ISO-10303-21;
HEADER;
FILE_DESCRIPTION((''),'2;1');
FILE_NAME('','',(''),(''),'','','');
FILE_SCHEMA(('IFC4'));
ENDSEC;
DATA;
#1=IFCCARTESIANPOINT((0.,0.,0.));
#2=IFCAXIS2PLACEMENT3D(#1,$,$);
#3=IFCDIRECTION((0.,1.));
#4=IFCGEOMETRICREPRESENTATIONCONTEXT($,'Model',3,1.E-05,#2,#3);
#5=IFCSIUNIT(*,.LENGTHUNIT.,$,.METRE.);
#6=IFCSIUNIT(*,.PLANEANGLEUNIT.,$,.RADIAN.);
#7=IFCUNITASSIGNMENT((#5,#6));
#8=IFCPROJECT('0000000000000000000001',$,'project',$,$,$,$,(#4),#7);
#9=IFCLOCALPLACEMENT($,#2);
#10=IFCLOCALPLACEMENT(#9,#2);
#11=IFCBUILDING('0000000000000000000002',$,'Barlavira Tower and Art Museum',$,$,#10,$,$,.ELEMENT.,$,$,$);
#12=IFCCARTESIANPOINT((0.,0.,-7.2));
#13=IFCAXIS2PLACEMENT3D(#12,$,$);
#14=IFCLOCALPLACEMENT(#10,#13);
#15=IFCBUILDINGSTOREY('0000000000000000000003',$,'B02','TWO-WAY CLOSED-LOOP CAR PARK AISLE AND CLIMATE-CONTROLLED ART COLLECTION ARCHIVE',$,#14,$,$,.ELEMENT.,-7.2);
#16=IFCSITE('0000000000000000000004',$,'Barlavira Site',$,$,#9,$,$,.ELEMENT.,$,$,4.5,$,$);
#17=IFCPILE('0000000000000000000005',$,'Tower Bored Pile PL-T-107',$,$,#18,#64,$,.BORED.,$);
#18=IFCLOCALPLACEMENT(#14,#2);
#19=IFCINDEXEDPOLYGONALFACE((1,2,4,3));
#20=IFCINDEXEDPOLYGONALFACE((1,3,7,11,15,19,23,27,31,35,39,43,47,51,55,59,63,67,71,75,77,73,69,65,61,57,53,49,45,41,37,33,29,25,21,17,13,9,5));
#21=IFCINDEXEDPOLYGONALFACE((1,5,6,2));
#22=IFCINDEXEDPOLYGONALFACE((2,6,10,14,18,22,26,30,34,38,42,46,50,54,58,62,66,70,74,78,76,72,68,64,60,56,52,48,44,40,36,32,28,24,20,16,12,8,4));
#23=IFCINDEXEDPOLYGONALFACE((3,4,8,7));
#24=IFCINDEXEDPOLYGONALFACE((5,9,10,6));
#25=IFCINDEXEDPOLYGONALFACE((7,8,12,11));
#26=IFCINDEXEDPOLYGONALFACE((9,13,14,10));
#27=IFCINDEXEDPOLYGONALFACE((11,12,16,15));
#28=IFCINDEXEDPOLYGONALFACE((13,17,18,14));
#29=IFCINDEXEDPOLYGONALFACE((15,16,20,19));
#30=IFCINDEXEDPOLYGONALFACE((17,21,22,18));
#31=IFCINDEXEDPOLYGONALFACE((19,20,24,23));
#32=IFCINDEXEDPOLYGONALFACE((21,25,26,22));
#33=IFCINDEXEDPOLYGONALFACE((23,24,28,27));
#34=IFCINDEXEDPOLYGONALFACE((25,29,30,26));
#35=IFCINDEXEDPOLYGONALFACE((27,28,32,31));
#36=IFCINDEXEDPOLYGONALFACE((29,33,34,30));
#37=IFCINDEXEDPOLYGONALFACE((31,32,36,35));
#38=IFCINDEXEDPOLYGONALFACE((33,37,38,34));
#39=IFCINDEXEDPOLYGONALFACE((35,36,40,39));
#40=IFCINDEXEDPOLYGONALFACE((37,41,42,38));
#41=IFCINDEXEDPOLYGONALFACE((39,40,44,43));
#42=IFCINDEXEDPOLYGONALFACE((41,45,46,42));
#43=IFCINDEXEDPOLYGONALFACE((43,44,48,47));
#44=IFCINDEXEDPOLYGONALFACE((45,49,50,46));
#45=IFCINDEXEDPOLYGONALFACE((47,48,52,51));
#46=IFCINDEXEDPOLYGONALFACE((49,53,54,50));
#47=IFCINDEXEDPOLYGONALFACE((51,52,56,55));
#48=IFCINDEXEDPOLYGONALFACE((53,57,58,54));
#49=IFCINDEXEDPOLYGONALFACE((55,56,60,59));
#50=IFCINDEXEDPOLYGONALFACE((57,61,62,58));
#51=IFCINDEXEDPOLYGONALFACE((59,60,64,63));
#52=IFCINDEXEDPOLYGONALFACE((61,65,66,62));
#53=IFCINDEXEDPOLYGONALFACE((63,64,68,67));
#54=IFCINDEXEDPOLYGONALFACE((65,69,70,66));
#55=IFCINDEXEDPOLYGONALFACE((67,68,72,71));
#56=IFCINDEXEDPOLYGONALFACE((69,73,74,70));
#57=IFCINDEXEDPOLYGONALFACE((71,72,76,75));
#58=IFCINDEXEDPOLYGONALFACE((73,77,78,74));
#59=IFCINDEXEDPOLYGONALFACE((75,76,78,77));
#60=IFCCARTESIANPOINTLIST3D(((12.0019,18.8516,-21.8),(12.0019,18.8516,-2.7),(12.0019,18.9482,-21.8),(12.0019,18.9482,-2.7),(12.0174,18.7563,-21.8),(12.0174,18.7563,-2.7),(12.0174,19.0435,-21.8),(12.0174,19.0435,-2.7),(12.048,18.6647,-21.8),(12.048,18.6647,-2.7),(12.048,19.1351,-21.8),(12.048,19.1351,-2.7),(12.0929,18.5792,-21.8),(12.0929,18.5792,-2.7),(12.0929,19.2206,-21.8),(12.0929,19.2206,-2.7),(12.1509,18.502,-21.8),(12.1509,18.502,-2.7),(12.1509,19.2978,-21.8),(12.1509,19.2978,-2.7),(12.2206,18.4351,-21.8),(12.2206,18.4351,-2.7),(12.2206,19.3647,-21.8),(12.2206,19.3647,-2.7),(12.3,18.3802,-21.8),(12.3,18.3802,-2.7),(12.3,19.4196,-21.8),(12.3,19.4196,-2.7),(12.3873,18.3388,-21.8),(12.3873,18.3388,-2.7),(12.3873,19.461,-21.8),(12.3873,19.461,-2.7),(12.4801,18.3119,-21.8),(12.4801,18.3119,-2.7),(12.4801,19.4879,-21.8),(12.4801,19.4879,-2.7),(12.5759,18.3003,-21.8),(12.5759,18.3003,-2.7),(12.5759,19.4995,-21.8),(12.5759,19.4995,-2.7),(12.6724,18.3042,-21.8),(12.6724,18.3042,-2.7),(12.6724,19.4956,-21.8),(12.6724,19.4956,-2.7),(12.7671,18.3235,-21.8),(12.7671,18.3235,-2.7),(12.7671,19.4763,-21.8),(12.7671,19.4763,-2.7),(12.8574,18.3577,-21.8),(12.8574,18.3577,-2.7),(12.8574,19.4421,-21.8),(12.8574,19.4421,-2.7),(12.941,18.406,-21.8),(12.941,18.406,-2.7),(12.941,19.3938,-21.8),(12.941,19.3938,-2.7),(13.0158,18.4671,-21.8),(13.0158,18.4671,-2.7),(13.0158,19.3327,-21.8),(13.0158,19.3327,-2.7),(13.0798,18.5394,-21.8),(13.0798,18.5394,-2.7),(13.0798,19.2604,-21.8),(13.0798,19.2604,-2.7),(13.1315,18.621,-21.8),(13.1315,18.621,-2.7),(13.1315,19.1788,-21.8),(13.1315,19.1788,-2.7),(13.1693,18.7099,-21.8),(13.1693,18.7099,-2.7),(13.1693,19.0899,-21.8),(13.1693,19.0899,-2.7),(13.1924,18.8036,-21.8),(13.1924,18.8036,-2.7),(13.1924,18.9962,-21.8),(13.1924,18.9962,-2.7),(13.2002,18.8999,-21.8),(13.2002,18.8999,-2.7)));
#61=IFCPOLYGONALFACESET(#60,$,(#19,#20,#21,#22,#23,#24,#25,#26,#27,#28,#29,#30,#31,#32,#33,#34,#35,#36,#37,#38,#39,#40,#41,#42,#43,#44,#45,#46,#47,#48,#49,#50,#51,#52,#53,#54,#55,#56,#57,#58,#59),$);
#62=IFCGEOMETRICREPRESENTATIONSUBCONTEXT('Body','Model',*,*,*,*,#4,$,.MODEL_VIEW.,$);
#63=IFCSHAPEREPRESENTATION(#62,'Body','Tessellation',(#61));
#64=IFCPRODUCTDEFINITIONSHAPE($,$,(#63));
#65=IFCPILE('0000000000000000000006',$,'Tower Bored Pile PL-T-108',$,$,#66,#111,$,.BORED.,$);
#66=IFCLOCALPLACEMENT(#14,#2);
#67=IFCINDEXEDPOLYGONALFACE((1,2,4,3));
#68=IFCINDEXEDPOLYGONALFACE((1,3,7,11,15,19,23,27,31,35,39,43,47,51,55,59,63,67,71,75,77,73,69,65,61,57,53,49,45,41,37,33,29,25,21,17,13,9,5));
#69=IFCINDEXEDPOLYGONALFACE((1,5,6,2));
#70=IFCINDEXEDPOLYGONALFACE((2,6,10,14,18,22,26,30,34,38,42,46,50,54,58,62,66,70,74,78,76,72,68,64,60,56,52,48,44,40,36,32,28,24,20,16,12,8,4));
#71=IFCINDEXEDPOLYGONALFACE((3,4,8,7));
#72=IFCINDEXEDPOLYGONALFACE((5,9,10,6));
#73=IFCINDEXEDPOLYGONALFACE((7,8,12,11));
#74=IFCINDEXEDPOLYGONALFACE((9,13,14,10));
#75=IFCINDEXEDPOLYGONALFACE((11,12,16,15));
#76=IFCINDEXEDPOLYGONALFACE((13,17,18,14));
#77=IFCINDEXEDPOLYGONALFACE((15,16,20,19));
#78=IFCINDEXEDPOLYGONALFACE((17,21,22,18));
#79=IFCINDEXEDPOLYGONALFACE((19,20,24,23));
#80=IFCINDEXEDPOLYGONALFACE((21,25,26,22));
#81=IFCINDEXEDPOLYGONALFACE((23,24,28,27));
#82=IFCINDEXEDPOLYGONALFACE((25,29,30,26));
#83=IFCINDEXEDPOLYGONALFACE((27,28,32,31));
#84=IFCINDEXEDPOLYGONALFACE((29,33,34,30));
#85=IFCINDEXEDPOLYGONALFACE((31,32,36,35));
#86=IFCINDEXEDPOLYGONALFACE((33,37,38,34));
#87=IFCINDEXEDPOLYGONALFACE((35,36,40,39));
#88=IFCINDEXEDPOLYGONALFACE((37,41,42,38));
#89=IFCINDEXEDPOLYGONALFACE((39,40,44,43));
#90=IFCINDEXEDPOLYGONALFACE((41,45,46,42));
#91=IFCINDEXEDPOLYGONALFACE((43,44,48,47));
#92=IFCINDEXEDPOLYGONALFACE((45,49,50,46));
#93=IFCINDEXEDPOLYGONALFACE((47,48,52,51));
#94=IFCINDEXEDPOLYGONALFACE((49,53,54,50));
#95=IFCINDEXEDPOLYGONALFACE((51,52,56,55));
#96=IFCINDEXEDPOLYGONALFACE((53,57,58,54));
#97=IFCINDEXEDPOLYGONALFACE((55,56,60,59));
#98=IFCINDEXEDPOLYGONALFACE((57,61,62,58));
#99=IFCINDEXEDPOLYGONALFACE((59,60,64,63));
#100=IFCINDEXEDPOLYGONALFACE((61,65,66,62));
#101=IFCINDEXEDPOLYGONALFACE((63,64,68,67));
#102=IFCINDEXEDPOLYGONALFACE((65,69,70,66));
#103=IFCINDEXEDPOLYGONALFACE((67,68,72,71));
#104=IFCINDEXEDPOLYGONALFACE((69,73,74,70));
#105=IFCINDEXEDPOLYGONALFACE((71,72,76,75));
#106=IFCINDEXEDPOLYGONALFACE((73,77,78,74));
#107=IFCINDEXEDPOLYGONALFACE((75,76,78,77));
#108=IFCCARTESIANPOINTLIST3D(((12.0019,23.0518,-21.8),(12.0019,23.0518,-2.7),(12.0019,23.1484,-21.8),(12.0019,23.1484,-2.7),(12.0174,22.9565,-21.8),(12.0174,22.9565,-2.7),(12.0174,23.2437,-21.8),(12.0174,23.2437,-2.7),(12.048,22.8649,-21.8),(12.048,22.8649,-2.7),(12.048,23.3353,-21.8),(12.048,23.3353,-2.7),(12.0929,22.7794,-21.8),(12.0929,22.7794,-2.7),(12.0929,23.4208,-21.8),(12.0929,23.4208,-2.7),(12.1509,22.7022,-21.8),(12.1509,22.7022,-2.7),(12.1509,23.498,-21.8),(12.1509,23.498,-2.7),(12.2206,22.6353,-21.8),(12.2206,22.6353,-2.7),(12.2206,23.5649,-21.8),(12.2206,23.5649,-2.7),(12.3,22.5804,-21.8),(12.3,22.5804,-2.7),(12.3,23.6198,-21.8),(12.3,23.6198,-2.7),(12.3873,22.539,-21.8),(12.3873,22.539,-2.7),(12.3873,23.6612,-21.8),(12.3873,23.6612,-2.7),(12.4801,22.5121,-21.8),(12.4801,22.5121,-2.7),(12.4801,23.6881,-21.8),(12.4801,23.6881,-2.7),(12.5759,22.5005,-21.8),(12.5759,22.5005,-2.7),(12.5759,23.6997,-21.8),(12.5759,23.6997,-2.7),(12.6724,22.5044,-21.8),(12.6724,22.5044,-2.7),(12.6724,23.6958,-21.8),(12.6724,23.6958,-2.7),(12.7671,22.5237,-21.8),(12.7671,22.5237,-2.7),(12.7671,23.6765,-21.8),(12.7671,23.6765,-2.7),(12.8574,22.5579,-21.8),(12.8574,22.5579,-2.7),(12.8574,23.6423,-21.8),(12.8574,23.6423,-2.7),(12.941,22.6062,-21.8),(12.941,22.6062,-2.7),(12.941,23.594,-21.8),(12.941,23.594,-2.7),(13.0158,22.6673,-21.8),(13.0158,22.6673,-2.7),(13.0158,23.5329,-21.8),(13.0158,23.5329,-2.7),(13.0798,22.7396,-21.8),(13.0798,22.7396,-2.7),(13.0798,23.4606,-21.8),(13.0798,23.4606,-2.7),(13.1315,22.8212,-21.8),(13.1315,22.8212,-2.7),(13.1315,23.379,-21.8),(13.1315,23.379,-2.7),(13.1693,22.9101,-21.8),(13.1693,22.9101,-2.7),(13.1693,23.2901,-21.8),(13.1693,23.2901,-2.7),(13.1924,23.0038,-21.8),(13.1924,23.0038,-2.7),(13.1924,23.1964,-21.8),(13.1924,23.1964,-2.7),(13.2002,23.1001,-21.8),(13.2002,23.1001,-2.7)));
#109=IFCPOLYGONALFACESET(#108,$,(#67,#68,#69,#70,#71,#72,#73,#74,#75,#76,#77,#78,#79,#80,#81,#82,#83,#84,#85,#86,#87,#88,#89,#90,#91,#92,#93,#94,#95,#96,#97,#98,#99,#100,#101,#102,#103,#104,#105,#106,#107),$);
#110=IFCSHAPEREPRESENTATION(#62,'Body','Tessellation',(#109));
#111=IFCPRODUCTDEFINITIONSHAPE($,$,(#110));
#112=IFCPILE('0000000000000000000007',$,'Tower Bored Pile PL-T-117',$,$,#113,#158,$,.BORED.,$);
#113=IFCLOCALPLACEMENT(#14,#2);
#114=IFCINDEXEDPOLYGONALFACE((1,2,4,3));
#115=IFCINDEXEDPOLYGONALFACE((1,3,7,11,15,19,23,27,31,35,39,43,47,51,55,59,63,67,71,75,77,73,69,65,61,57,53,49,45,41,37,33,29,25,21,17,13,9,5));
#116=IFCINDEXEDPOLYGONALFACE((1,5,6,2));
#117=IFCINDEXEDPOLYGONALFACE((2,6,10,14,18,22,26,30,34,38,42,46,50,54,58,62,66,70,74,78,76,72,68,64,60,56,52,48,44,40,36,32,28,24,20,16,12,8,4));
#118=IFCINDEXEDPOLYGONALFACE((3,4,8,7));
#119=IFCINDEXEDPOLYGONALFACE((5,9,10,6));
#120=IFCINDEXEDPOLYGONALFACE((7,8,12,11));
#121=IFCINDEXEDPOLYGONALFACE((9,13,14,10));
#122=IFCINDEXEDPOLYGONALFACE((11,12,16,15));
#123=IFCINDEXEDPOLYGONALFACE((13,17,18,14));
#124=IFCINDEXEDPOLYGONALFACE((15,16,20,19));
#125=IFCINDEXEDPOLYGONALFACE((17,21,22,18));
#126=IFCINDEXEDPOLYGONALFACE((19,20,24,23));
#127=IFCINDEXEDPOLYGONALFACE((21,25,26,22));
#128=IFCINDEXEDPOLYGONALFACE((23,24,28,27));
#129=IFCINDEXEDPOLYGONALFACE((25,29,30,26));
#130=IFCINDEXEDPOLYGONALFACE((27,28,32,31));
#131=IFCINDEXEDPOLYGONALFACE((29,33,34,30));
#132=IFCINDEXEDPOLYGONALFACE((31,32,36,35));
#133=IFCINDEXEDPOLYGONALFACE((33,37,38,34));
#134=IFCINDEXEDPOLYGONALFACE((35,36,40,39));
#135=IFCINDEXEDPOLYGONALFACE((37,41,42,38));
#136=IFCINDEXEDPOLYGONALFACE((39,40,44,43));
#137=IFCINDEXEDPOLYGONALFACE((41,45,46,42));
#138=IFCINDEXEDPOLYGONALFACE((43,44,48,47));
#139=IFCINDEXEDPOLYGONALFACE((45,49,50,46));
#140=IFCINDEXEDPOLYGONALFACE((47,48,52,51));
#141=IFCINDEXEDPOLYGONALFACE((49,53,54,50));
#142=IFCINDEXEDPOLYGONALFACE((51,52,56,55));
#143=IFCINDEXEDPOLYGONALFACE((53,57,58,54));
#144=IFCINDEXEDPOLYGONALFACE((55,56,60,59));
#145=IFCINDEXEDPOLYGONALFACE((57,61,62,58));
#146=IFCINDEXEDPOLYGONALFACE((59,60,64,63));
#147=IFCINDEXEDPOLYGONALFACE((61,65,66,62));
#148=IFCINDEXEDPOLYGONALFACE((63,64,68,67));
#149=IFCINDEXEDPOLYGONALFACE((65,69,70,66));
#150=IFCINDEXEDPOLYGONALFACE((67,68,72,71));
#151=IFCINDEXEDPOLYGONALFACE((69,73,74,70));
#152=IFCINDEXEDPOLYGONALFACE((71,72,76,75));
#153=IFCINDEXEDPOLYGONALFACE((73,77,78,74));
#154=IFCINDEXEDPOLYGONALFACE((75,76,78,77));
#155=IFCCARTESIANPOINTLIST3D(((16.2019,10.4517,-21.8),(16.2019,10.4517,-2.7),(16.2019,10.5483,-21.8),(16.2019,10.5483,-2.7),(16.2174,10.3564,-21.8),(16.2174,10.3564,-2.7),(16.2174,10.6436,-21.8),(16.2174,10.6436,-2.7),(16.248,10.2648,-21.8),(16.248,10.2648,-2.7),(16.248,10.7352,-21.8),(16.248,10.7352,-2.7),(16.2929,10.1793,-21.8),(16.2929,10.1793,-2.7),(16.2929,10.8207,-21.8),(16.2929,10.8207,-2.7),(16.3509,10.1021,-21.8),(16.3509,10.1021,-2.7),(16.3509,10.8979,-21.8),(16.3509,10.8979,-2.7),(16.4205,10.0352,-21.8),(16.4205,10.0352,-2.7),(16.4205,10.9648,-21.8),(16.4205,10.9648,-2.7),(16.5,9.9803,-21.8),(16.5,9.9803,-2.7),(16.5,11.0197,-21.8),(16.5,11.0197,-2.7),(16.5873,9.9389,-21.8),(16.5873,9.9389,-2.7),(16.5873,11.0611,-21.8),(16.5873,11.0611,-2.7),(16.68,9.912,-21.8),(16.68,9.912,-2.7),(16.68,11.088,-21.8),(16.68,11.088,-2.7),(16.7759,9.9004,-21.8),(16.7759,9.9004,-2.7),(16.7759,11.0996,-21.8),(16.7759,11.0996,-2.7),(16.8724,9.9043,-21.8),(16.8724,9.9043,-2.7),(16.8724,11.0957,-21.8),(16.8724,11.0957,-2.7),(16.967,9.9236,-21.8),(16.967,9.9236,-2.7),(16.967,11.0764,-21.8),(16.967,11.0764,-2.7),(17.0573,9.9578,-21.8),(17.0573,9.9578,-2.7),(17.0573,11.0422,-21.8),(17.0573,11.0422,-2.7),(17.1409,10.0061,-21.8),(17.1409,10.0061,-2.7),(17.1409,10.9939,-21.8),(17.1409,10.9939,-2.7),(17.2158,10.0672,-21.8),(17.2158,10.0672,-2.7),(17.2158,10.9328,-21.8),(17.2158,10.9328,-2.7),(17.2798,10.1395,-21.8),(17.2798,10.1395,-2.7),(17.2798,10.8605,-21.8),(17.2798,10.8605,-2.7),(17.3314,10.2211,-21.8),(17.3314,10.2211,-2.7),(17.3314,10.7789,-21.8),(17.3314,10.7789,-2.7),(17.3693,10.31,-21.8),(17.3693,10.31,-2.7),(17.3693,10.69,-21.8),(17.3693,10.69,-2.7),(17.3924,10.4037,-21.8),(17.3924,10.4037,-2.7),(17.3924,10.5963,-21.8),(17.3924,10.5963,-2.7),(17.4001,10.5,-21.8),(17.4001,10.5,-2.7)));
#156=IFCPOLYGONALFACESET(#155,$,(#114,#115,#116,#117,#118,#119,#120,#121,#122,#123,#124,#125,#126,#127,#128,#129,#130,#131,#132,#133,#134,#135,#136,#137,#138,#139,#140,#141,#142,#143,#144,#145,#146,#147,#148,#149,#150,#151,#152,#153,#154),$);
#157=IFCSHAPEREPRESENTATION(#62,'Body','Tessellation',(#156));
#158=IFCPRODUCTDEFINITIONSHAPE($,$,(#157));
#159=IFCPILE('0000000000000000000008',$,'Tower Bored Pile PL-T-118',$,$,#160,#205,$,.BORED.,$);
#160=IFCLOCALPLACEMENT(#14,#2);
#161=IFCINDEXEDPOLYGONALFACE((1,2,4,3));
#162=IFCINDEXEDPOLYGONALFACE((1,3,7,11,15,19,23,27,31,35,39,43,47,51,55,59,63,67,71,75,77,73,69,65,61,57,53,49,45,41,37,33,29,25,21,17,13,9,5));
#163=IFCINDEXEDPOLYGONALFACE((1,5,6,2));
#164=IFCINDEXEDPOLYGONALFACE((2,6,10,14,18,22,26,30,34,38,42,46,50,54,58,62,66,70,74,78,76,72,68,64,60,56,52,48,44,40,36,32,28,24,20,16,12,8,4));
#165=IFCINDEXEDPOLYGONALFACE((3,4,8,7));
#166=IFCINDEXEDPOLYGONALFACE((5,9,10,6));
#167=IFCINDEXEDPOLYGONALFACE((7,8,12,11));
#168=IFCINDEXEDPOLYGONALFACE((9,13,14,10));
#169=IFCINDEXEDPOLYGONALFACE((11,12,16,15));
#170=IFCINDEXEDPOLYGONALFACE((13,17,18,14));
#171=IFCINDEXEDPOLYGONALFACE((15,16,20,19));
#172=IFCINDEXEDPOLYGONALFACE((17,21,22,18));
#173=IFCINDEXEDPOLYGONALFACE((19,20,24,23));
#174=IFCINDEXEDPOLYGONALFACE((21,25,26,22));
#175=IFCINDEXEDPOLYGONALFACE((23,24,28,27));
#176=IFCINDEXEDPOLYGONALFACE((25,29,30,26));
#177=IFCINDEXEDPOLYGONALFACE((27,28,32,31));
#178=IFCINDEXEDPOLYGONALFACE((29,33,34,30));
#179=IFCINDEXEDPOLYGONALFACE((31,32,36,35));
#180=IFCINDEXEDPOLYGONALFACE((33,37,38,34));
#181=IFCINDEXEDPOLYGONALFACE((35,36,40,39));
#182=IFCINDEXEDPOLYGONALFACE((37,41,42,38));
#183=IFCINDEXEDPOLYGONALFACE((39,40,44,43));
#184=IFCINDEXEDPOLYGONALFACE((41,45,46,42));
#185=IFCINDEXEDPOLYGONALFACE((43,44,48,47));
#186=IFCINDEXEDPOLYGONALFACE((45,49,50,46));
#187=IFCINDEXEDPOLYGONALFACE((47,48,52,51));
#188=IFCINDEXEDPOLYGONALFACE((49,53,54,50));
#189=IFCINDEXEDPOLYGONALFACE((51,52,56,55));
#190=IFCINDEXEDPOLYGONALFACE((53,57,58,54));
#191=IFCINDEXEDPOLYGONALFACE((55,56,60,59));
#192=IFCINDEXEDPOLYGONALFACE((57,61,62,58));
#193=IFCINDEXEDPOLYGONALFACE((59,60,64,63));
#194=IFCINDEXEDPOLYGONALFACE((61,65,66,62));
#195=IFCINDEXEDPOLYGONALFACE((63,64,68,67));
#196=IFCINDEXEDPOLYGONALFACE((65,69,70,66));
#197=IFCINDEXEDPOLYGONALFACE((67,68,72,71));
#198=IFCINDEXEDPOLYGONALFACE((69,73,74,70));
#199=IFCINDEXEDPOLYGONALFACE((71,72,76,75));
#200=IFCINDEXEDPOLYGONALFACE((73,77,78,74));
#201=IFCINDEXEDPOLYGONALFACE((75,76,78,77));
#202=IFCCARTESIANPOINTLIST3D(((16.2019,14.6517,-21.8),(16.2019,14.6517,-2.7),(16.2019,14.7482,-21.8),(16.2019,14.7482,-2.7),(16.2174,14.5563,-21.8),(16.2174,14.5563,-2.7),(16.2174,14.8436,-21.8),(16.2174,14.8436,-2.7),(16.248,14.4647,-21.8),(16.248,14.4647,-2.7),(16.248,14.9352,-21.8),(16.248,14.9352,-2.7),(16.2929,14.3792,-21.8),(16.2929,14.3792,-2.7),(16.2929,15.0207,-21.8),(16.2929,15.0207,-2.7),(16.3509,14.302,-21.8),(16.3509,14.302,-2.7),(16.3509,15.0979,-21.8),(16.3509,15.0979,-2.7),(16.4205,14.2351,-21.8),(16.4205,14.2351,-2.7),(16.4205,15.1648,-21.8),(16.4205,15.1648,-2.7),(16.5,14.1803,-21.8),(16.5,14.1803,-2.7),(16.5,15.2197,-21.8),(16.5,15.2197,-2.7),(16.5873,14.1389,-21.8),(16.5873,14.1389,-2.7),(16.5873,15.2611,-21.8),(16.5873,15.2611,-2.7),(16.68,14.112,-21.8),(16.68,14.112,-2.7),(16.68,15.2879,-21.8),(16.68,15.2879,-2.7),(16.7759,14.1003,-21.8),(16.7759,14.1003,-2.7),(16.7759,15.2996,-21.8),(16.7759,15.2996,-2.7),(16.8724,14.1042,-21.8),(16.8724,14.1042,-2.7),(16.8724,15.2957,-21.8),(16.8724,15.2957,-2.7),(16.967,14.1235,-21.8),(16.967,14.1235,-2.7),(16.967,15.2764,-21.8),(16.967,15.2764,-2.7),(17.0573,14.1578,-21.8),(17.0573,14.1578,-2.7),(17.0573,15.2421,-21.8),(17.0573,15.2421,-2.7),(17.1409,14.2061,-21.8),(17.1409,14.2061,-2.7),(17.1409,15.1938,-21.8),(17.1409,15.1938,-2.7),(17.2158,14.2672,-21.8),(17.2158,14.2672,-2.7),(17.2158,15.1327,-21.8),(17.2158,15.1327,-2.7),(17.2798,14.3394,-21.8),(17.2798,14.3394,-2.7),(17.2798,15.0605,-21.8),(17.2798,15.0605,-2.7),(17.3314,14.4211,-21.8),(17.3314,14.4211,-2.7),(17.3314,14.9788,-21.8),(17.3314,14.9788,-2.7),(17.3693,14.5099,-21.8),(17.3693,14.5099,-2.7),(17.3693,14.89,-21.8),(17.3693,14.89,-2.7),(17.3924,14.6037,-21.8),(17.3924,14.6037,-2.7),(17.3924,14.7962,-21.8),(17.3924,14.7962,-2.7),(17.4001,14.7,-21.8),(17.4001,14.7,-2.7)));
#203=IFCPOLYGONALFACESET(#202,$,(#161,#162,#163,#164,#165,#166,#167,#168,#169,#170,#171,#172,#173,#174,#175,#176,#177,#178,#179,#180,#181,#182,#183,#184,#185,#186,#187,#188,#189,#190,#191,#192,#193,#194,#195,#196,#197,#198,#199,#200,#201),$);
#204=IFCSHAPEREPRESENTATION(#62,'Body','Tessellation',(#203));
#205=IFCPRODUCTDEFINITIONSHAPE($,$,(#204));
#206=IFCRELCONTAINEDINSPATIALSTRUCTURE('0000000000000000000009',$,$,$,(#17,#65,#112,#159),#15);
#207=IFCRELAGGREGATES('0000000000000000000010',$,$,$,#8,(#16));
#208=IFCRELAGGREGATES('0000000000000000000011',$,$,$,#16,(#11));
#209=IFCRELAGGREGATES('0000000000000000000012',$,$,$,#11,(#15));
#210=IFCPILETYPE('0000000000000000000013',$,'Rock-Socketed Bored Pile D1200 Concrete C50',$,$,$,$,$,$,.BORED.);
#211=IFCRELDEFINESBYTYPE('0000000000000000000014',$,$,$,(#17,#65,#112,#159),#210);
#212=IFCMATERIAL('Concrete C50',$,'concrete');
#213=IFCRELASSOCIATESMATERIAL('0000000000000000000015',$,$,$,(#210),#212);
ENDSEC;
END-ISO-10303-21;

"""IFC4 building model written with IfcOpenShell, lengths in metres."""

from ifc_helpers import new_model, si_unit, direction, frame, origin, origin_2d, place, context, subcontext, project, spatial, circle, extrude, material, material_profile, profile_set, type_object, element, save


model = new_model("IFC4")

# Units and contexts
model_context = context("Model", 3, precision=1e-05, world=origin(), true_north=direction((0.0, 1.0)))
body_context = subcontext(model_context, "Body", "Model", "MODEL_VIEW")
ifc_project = project(units=[si_unit("LENGTHUNIT", "METRE"), si_unit("PLANEANGLEUNIT", "RADIAN")], contexts=[model_context])

# Site, building, storey
site_placement = place(None, origin())
site = spatial("IfcSite", under=ifc_project, at=site_placement, Name="Barlavira Site", CompositionType="ELEMENT", RefElevation=4.5)
building_placement = place(site_placement, origin())
building = spatial("IfcBuilding", under=site, at=building_placement, Name="Barlavira Tower and Art Museum", CompositionType="ELEMENT")
storey_placement = place(building_placement, frame((0.0, 0.0, -7.2)))
storey = spatial("IfcBuildingStorey", under=building, at=storey_placement, Name="B02", Description="TWO-WAY CLOSED-LOOP CAR PARK AISLE AND CLIMATE-CONTROLLED ART COLLECTION ARCHIVE", CompositionType="ELEMENT", Elevation=-7.2)

# Piles
ifc_material_1 = material(Name="Concrete C50", Category="concrete")
ifc_material_profile_1 = material_profile(ifc_material_1, circle(Radius=0.6001, at=origin_2d()), Name="BORED PILE D1200")
ifc_profile_set_1 = profile_set([ifc_material_profile_1], Name="Concrete C50")
pile_type = type_object("IfcPileType", Name="Rock-Socketed Bored Pile D1200 Concrete C50", PredefinedType="BORED", material=ifc_profile_set_1)
for number, where, z_axis, x_axis, name in (
    (1, (12.6001, 18.8999, -2.7), (0.0, 0.0, -1.0), (1.0, 0.0, 0.0), "Tower Bored Pile PL-T-107"),
    (2, (12.6001, 23.1001, -2.7), (0.0, 0.0, -1.0), (1.0, 0.0, 0.0), "Tower Bored Pile PL-T-108"),
    (3, (16.8, 10.5, -2.7), (0.0, 0.0, -1.0), (1.0, 0.0, 0.0), "Tower Bored Pile PL-T-117"),
    (4, (16.8, 14.7, -2.7), (0.0, 0.0, -1.0), (1.0, 0.0, 0.0), "Tower Bored Pile PL-T-118"),
):
    element("IfcPile", number, at=place(storey_placement, frame(where, z_axis=z_axis, x_axis=x_axis)), inside=storey, type_object=pile_type, Name=name, PredefinedType="BORED", context=body_context, shape_type="SweptSolid", body=[
        extrude(circle(Radius=0.6001, at=origin_2d()), origin(), (0.0, 0.0, 1.0), 19.1001),
    ])

save(model, "model.ifc")
